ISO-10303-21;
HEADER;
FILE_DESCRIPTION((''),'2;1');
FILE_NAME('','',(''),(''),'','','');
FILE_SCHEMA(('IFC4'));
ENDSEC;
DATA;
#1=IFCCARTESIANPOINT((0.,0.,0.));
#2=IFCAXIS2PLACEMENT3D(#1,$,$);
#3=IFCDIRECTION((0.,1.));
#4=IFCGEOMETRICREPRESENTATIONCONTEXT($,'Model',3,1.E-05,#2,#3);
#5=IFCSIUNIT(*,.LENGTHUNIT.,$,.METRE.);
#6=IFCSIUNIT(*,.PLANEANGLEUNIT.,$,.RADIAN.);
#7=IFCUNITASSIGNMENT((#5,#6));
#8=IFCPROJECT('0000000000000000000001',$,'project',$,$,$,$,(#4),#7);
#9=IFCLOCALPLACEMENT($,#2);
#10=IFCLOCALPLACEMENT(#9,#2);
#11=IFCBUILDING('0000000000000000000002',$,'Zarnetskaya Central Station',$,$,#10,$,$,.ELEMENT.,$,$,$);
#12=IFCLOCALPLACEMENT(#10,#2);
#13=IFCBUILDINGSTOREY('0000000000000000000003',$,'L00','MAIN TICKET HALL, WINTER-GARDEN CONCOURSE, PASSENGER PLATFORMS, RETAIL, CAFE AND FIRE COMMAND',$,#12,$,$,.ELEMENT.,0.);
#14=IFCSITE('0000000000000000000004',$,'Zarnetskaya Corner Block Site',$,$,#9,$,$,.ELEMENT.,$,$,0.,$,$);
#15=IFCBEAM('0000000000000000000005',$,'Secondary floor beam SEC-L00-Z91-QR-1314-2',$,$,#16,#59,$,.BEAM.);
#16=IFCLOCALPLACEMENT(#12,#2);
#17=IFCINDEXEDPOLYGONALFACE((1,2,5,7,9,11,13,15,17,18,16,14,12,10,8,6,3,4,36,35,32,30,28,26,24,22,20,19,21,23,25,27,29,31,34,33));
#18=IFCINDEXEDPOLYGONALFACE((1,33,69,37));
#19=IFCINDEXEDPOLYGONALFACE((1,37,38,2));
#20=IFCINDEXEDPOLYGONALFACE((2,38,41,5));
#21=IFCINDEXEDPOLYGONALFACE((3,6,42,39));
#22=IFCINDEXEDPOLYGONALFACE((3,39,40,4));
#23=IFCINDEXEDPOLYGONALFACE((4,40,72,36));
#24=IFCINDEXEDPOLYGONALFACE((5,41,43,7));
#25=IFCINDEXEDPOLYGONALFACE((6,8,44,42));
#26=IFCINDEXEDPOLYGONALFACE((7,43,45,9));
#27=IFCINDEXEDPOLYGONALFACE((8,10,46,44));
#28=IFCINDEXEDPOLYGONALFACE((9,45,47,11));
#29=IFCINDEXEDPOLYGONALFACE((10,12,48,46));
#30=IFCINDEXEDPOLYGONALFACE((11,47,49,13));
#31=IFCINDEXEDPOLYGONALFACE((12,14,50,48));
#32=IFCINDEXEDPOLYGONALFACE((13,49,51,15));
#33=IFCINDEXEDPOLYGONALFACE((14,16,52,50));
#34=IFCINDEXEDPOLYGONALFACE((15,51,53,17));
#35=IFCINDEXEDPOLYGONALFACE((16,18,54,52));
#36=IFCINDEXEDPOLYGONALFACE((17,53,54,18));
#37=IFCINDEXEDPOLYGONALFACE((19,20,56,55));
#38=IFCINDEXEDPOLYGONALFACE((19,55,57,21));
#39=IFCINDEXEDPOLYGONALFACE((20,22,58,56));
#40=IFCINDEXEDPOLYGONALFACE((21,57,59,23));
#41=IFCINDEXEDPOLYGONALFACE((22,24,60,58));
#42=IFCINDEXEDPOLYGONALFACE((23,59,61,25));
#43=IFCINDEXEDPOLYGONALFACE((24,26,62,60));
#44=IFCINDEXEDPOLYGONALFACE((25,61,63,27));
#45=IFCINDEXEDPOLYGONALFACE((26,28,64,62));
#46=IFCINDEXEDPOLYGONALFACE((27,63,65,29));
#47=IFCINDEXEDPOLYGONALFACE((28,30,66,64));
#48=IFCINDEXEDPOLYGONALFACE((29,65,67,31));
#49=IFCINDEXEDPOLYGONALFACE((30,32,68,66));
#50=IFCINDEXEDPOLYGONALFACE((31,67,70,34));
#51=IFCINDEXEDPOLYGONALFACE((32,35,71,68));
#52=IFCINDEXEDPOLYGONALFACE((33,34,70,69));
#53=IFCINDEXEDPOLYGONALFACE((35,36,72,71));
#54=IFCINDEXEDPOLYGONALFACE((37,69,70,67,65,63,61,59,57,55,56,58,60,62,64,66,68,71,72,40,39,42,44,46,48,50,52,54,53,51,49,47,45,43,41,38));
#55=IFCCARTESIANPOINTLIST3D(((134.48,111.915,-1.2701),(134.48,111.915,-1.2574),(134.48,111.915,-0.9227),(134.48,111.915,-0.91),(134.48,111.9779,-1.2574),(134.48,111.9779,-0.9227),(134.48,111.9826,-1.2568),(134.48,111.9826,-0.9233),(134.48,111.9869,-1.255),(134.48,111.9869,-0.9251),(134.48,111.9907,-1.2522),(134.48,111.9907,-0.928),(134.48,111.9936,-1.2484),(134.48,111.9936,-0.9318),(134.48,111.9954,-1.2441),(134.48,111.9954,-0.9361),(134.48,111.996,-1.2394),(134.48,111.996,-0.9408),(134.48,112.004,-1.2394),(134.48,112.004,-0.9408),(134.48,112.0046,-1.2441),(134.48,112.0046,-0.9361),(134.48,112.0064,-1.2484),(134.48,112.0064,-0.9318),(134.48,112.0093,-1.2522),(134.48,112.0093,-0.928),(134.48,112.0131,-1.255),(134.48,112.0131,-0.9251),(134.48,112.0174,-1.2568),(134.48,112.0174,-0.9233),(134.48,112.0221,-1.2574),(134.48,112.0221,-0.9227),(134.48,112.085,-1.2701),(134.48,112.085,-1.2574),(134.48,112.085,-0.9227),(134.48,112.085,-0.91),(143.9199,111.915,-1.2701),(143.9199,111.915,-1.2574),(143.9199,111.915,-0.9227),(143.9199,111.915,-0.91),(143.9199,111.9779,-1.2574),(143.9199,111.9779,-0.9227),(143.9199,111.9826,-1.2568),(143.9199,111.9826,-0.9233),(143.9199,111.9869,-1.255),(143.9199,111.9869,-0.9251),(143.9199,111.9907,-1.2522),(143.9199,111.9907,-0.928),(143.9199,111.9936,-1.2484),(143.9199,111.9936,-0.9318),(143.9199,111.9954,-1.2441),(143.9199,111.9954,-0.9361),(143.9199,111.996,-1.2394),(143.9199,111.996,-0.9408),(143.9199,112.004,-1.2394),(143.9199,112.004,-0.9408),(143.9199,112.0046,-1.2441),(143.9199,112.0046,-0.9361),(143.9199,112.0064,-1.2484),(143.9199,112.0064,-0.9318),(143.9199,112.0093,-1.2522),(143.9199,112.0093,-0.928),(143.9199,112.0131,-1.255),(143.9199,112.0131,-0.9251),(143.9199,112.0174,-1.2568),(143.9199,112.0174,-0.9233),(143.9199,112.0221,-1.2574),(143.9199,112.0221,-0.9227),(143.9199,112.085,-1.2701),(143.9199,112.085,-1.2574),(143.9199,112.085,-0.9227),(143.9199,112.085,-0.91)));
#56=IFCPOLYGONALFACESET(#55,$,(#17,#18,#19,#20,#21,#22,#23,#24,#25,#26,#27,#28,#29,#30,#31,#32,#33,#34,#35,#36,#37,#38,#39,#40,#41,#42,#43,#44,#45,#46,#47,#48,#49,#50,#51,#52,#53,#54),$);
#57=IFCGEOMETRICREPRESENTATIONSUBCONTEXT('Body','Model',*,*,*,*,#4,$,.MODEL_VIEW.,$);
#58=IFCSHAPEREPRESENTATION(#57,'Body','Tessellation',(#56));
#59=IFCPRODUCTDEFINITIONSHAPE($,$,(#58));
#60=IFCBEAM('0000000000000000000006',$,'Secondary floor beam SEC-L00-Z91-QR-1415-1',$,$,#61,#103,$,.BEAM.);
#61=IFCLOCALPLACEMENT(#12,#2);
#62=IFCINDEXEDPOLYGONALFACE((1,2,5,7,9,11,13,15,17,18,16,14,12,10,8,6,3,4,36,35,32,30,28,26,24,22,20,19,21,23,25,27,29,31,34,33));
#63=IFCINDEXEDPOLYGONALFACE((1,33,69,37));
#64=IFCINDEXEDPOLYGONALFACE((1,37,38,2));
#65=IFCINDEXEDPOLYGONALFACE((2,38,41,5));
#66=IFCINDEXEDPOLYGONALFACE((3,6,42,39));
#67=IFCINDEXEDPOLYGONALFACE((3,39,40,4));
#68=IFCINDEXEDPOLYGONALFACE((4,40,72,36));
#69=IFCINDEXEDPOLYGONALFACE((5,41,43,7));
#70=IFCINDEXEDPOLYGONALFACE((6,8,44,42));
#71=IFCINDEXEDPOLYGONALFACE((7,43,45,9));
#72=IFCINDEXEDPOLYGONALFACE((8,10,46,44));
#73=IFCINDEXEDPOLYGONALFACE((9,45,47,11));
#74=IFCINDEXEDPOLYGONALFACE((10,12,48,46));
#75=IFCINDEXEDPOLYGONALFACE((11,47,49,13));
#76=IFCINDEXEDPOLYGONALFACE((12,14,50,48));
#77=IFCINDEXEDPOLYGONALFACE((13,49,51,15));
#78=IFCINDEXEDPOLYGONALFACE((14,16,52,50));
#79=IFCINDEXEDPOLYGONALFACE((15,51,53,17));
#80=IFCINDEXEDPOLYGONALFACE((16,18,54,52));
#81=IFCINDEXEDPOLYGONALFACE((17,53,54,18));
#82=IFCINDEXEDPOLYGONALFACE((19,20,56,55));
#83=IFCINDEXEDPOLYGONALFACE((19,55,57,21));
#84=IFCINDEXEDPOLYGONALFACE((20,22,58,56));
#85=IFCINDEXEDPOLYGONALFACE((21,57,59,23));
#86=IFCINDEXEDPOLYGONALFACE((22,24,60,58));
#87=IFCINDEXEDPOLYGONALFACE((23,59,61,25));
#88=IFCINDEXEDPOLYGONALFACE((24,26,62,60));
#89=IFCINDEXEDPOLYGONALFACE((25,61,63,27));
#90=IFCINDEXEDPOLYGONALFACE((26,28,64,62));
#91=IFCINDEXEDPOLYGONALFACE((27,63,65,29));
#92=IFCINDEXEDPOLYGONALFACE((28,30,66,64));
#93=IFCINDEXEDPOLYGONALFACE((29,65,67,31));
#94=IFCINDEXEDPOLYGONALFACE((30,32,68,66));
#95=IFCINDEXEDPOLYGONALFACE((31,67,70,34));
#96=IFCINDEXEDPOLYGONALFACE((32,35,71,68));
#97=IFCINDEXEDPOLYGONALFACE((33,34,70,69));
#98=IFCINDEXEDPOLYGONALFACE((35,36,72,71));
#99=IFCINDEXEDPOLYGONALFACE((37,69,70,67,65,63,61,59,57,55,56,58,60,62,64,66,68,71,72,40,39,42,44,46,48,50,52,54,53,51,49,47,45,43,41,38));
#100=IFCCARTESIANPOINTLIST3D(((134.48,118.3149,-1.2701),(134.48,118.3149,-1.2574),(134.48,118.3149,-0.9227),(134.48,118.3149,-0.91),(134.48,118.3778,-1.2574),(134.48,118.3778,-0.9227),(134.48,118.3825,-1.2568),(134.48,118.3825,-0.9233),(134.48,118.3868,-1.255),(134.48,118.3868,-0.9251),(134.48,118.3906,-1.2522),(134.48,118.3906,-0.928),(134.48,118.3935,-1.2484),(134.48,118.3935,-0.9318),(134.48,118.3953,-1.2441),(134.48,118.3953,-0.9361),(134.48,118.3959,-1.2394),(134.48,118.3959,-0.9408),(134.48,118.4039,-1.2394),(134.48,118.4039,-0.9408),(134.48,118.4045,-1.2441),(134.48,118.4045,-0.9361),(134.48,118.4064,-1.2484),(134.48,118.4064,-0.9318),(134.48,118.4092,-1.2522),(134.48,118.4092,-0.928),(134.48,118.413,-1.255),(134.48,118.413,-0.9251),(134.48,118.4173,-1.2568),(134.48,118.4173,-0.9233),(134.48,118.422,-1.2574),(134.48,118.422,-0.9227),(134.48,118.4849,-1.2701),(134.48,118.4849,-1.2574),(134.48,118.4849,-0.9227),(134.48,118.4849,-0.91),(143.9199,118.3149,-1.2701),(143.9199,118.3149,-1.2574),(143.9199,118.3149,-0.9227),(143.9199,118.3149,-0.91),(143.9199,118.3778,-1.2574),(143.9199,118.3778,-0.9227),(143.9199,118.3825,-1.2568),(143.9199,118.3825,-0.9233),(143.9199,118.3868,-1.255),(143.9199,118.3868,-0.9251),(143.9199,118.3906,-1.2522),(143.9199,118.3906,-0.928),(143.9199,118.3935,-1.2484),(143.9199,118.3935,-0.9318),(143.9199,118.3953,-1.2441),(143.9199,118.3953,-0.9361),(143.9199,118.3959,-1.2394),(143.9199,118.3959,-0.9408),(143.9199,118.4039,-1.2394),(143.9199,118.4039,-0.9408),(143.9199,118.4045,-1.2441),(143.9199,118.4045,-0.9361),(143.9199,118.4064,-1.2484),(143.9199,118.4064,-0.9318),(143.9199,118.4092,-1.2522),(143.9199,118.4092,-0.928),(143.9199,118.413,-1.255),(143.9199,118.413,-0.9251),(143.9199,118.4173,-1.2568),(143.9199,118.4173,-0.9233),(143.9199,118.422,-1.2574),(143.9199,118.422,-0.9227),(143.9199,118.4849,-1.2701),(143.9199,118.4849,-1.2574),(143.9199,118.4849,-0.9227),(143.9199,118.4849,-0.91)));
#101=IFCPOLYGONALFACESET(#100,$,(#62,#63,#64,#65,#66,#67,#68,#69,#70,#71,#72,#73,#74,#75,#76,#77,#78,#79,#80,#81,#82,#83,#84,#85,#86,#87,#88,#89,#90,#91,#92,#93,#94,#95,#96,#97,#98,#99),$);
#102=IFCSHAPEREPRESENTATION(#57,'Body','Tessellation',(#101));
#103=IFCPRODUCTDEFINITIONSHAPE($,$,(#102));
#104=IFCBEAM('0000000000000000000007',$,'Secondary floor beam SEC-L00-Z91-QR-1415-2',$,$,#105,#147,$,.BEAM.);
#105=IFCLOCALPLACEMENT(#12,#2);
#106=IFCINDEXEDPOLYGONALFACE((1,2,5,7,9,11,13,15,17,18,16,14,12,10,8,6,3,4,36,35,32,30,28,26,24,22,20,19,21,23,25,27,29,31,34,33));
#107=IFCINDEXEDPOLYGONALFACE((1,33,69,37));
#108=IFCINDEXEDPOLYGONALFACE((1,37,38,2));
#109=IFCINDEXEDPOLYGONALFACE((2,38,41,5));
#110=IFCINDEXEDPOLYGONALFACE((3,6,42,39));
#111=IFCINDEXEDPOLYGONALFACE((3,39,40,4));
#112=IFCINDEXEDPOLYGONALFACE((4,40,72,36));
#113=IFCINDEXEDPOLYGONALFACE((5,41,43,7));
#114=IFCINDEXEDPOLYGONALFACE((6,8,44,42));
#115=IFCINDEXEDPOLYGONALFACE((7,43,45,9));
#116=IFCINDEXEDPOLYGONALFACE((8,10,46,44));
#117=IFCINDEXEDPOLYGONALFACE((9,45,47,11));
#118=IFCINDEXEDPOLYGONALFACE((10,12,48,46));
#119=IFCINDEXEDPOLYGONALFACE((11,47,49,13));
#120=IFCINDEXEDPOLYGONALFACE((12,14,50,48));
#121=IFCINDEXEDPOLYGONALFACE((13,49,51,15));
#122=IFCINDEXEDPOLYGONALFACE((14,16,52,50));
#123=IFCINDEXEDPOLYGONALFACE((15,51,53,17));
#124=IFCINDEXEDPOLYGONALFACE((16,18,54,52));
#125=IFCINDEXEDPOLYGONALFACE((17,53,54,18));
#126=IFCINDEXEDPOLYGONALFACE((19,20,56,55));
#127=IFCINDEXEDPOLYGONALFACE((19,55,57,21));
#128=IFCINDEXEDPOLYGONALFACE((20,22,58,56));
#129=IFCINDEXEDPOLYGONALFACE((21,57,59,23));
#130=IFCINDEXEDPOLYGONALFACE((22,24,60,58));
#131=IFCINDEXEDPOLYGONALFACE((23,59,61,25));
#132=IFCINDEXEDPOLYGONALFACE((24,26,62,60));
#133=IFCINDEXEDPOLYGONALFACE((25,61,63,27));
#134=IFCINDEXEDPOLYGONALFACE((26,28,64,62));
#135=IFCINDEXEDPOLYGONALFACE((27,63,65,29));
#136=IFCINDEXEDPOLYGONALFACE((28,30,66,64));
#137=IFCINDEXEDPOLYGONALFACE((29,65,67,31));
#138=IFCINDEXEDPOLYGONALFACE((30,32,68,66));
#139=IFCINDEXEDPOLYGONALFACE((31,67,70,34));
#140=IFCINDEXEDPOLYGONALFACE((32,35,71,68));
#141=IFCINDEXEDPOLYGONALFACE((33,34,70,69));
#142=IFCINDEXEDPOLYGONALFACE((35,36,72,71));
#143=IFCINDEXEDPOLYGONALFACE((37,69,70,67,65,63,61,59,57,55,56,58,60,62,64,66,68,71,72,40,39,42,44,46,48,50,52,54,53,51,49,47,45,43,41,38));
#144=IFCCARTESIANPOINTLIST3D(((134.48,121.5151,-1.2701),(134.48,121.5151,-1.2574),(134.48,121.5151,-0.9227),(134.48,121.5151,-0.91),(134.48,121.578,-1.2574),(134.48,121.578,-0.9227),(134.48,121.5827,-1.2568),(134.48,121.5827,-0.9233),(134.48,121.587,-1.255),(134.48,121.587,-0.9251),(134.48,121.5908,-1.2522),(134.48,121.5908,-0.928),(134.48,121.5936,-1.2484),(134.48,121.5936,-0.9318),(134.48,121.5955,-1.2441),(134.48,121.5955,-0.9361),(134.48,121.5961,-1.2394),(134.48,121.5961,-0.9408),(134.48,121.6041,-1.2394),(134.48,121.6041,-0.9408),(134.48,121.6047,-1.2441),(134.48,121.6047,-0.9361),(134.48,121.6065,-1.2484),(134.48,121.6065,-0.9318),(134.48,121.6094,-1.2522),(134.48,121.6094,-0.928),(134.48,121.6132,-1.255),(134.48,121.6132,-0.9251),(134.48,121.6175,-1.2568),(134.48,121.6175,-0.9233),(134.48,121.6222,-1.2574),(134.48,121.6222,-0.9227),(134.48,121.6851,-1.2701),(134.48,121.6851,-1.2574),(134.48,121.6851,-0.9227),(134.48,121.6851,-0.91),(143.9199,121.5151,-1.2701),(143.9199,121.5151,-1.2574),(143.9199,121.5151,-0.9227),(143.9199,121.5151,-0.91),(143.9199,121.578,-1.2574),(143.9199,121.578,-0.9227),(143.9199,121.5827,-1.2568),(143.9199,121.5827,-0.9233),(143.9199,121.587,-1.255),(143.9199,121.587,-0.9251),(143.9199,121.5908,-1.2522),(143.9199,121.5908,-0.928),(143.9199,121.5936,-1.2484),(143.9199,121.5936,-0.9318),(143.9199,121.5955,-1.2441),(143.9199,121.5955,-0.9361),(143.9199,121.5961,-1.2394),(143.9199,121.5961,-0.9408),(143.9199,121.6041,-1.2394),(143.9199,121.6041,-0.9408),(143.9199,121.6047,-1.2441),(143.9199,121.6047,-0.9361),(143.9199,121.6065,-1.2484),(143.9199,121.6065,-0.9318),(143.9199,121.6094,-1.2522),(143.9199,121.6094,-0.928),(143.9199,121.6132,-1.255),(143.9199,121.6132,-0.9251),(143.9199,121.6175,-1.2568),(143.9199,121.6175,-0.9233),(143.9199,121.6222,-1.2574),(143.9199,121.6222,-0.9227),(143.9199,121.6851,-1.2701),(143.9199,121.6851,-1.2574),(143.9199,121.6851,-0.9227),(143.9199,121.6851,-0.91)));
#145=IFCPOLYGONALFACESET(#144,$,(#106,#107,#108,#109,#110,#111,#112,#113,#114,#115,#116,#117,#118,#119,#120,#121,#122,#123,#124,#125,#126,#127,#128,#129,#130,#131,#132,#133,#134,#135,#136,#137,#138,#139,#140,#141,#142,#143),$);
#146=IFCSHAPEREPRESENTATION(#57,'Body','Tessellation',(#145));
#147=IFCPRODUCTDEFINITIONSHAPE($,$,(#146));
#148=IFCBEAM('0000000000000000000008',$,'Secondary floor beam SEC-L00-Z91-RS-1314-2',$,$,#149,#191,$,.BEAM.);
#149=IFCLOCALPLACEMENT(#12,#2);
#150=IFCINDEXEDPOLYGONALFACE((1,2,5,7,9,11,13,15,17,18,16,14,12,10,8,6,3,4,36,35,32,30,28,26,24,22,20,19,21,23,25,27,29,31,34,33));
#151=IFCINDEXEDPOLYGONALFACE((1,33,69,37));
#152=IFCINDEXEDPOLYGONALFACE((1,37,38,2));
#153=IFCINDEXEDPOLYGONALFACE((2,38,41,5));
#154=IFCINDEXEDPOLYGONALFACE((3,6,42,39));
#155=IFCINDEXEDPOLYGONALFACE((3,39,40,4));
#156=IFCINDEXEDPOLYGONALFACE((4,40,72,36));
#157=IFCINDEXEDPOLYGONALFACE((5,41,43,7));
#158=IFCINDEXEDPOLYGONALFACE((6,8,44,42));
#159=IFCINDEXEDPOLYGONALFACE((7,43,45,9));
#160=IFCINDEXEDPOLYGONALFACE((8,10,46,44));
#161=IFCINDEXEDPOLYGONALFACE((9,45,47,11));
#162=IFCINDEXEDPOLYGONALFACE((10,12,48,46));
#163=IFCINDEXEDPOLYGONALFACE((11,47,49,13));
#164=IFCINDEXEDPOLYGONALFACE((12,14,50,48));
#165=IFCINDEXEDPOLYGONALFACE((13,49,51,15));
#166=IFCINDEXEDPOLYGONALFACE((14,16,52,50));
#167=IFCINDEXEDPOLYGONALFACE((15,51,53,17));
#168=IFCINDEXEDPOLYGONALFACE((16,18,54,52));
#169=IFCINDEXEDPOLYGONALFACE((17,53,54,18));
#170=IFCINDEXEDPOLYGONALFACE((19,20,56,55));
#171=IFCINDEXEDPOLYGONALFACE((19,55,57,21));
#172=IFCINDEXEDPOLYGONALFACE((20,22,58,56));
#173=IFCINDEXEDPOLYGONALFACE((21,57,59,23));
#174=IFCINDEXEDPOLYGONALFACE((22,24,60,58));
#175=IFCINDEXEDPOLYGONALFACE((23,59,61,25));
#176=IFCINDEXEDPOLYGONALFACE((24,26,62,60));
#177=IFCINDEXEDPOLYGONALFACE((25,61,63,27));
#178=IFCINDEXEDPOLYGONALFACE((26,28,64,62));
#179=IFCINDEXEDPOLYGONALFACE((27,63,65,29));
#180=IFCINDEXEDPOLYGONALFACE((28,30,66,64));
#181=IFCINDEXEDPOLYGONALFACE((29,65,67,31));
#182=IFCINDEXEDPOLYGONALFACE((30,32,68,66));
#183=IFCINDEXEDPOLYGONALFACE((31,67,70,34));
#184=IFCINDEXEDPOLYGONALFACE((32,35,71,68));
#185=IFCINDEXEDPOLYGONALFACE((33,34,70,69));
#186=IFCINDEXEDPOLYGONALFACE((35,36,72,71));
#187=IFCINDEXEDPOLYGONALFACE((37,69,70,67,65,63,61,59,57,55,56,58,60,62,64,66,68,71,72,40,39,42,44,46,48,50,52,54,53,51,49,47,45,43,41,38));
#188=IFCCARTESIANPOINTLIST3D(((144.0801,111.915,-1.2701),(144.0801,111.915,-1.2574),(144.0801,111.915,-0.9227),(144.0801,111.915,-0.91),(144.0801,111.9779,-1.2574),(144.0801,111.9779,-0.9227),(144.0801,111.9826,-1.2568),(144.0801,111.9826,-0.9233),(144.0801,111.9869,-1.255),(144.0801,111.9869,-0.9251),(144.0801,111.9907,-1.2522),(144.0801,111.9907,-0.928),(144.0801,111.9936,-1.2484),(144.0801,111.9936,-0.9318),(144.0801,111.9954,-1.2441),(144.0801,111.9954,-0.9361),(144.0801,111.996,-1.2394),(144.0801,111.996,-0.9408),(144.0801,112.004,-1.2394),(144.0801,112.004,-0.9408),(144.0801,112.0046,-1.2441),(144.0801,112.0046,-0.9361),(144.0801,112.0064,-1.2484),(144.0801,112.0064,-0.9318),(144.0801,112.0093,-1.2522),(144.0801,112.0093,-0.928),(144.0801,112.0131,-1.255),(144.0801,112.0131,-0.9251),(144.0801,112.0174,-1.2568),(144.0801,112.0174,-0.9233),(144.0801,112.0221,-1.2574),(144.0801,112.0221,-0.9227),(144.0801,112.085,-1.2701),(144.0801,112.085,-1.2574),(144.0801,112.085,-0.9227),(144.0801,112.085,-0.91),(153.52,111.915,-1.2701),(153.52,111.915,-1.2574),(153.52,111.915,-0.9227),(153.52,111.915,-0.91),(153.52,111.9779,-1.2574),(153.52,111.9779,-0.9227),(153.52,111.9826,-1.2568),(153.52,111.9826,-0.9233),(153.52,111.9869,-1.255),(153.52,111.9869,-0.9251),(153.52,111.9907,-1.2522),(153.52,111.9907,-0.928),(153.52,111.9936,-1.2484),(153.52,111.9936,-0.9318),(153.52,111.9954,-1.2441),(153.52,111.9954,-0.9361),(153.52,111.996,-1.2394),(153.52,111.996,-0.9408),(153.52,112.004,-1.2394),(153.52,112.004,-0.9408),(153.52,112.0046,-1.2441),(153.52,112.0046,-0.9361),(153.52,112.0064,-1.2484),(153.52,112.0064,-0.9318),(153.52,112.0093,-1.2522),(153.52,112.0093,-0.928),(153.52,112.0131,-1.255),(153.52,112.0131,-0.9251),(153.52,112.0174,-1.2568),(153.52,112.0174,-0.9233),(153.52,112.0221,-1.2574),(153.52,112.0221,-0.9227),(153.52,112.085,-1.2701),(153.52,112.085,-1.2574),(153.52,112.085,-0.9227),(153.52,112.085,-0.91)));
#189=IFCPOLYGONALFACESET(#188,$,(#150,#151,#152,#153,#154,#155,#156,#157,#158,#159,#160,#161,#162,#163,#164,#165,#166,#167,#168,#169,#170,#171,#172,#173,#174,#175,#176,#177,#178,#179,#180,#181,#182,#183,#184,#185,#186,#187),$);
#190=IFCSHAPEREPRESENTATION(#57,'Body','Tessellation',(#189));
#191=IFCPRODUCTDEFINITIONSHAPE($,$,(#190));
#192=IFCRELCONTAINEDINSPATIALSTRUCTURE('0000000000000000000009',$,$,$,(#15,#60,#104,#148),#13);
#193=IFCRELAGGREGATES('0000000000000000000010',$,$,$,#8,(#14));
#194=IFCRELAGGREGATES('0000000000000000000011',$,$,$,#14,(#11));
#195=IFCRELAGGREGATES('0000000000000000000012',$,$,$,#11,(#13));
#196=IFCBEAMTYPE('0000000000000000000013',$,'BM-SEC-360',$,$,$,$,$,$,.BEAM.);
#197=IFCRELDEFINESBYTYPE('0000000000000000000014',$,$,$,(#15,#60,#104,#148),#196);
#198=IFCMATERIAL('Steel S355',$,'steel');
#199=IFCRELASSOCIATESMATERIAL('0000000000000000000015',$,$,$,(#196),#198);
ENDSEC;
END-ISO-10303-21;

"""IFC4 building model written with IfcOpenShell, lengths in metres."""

from ifc_helpers import new_model, si_unit, direction, frame, origin, origin_2d, place, context, subcontext, project, spatial, i_section, extrude, material, material_profile, profile_set, type_object, element, save


model = new_model("IFC4")

# Units and contexts
model_context = context("Model", 3, precision=1e-05, world=origin(), true_north=direction((0.0, 1.0)))
body_context = subcontext(model_context, "Body", "Model", "MODEL_VIEW")
ifc_project = project(units=[si_unit("LENGTHUNIT", "METRE"), si_unit("PLANEANGLEUNIT", "RADIAN")], contexts=[model_context])

# Site, building, storey
site_placement = place(None, origin())
site = spatial("IfcSite", under=ifc_project, at=site_placement, Name="Zarnetskaya Corner Block Site", CompositionType="ELEMENT", RefElevation=0.0)
building_placement = place(site_placement, origin())
building = spatial("IfcBuilding", under=site, at=building_placement, Name="Zarnetskaya Central Station", CompositionType="ELEMENT")
storey_placement = place(building_placement, origin())
storey = spatial("IfcBuildingStorey", under=building, at=storey_placement, Name="L00", Description="MAIN TICKET HALL, WINTER-GARDEN CONCOURSE, PASSENGER PLATFORMS, RETAIL, CAFE AND FIRE COMMAND", CompositionType="ELEMENT", Elevation=0.0)

# Shared definitions
ifc_material = material(Name="Steel S355", Category="steel")

# Beams
ifc_material_profile_1 = material_profile(ifc_material, i_section(OverallWidth=0.1699, OverallDepth=0.3601, WebThickness=0.0081, FlangeThickness=0.0127, FilletRadius=0.0181, at=origin_2d()), Name="IPE 360")
ifc_profile_set_1 = profile_set([ifc_material_profile_1], Name="Steel S355")
beam_type_1 = type_object("IfcBeamType", Name="BM-SEC-360", PredefinedType="BEAM", material=ifc_profile_set_1)
for number, where, z_axis, x_axis, name in (
    (1, (134.48, 112.0, -1.0901), (1.0, 0.0, 0.0), (0.0, 1.0, 0.0), "Secondary floor beam SEC-L00-Z91-QR-1314-2"),
    (2, (134.48, 118.3999, -1.0901), (1.0, 0.0, 0.0), (0.0, 1.0, 0.0), "Secondary floor beam SEC-L00-Z91-QR-1415-1"),
    (3, (134.48, 121.6001, -1.0901), (1.0, 0.0, 0.0), (0.0, 1.0, 0.0), "Secondary floor beam SEC-L00-Z91-QR-1415-2"),
    (4, (144.0801, 112.0, -1.0901), (1.0, 0.0, 0.0), (0.0, 1.0, 0.0), "Secondary floor beam SEC-L00-Z91-RS-1314-2"),
):
    element("IfcBeam", number, at=place(storey_placement, frame(where, z_axis=z_axis, x_axis=x_axis)), inside=storey, type_object=beam_type_1, Name=name, PredefinedType="BEAM", context=body_context, shape_type="SweptSolid", body=[
        extrude(i_section(OverallWidth=0.1699, OverallDepth=0.3601, WebThickness=0.0081, FlangeThickness=0.0127, FilletRadius=0.0181, at=origin_2d()), origin(), (0.0, 0.0, 1.0), 9.4399),
    ])

save(model, "model.ifc")
